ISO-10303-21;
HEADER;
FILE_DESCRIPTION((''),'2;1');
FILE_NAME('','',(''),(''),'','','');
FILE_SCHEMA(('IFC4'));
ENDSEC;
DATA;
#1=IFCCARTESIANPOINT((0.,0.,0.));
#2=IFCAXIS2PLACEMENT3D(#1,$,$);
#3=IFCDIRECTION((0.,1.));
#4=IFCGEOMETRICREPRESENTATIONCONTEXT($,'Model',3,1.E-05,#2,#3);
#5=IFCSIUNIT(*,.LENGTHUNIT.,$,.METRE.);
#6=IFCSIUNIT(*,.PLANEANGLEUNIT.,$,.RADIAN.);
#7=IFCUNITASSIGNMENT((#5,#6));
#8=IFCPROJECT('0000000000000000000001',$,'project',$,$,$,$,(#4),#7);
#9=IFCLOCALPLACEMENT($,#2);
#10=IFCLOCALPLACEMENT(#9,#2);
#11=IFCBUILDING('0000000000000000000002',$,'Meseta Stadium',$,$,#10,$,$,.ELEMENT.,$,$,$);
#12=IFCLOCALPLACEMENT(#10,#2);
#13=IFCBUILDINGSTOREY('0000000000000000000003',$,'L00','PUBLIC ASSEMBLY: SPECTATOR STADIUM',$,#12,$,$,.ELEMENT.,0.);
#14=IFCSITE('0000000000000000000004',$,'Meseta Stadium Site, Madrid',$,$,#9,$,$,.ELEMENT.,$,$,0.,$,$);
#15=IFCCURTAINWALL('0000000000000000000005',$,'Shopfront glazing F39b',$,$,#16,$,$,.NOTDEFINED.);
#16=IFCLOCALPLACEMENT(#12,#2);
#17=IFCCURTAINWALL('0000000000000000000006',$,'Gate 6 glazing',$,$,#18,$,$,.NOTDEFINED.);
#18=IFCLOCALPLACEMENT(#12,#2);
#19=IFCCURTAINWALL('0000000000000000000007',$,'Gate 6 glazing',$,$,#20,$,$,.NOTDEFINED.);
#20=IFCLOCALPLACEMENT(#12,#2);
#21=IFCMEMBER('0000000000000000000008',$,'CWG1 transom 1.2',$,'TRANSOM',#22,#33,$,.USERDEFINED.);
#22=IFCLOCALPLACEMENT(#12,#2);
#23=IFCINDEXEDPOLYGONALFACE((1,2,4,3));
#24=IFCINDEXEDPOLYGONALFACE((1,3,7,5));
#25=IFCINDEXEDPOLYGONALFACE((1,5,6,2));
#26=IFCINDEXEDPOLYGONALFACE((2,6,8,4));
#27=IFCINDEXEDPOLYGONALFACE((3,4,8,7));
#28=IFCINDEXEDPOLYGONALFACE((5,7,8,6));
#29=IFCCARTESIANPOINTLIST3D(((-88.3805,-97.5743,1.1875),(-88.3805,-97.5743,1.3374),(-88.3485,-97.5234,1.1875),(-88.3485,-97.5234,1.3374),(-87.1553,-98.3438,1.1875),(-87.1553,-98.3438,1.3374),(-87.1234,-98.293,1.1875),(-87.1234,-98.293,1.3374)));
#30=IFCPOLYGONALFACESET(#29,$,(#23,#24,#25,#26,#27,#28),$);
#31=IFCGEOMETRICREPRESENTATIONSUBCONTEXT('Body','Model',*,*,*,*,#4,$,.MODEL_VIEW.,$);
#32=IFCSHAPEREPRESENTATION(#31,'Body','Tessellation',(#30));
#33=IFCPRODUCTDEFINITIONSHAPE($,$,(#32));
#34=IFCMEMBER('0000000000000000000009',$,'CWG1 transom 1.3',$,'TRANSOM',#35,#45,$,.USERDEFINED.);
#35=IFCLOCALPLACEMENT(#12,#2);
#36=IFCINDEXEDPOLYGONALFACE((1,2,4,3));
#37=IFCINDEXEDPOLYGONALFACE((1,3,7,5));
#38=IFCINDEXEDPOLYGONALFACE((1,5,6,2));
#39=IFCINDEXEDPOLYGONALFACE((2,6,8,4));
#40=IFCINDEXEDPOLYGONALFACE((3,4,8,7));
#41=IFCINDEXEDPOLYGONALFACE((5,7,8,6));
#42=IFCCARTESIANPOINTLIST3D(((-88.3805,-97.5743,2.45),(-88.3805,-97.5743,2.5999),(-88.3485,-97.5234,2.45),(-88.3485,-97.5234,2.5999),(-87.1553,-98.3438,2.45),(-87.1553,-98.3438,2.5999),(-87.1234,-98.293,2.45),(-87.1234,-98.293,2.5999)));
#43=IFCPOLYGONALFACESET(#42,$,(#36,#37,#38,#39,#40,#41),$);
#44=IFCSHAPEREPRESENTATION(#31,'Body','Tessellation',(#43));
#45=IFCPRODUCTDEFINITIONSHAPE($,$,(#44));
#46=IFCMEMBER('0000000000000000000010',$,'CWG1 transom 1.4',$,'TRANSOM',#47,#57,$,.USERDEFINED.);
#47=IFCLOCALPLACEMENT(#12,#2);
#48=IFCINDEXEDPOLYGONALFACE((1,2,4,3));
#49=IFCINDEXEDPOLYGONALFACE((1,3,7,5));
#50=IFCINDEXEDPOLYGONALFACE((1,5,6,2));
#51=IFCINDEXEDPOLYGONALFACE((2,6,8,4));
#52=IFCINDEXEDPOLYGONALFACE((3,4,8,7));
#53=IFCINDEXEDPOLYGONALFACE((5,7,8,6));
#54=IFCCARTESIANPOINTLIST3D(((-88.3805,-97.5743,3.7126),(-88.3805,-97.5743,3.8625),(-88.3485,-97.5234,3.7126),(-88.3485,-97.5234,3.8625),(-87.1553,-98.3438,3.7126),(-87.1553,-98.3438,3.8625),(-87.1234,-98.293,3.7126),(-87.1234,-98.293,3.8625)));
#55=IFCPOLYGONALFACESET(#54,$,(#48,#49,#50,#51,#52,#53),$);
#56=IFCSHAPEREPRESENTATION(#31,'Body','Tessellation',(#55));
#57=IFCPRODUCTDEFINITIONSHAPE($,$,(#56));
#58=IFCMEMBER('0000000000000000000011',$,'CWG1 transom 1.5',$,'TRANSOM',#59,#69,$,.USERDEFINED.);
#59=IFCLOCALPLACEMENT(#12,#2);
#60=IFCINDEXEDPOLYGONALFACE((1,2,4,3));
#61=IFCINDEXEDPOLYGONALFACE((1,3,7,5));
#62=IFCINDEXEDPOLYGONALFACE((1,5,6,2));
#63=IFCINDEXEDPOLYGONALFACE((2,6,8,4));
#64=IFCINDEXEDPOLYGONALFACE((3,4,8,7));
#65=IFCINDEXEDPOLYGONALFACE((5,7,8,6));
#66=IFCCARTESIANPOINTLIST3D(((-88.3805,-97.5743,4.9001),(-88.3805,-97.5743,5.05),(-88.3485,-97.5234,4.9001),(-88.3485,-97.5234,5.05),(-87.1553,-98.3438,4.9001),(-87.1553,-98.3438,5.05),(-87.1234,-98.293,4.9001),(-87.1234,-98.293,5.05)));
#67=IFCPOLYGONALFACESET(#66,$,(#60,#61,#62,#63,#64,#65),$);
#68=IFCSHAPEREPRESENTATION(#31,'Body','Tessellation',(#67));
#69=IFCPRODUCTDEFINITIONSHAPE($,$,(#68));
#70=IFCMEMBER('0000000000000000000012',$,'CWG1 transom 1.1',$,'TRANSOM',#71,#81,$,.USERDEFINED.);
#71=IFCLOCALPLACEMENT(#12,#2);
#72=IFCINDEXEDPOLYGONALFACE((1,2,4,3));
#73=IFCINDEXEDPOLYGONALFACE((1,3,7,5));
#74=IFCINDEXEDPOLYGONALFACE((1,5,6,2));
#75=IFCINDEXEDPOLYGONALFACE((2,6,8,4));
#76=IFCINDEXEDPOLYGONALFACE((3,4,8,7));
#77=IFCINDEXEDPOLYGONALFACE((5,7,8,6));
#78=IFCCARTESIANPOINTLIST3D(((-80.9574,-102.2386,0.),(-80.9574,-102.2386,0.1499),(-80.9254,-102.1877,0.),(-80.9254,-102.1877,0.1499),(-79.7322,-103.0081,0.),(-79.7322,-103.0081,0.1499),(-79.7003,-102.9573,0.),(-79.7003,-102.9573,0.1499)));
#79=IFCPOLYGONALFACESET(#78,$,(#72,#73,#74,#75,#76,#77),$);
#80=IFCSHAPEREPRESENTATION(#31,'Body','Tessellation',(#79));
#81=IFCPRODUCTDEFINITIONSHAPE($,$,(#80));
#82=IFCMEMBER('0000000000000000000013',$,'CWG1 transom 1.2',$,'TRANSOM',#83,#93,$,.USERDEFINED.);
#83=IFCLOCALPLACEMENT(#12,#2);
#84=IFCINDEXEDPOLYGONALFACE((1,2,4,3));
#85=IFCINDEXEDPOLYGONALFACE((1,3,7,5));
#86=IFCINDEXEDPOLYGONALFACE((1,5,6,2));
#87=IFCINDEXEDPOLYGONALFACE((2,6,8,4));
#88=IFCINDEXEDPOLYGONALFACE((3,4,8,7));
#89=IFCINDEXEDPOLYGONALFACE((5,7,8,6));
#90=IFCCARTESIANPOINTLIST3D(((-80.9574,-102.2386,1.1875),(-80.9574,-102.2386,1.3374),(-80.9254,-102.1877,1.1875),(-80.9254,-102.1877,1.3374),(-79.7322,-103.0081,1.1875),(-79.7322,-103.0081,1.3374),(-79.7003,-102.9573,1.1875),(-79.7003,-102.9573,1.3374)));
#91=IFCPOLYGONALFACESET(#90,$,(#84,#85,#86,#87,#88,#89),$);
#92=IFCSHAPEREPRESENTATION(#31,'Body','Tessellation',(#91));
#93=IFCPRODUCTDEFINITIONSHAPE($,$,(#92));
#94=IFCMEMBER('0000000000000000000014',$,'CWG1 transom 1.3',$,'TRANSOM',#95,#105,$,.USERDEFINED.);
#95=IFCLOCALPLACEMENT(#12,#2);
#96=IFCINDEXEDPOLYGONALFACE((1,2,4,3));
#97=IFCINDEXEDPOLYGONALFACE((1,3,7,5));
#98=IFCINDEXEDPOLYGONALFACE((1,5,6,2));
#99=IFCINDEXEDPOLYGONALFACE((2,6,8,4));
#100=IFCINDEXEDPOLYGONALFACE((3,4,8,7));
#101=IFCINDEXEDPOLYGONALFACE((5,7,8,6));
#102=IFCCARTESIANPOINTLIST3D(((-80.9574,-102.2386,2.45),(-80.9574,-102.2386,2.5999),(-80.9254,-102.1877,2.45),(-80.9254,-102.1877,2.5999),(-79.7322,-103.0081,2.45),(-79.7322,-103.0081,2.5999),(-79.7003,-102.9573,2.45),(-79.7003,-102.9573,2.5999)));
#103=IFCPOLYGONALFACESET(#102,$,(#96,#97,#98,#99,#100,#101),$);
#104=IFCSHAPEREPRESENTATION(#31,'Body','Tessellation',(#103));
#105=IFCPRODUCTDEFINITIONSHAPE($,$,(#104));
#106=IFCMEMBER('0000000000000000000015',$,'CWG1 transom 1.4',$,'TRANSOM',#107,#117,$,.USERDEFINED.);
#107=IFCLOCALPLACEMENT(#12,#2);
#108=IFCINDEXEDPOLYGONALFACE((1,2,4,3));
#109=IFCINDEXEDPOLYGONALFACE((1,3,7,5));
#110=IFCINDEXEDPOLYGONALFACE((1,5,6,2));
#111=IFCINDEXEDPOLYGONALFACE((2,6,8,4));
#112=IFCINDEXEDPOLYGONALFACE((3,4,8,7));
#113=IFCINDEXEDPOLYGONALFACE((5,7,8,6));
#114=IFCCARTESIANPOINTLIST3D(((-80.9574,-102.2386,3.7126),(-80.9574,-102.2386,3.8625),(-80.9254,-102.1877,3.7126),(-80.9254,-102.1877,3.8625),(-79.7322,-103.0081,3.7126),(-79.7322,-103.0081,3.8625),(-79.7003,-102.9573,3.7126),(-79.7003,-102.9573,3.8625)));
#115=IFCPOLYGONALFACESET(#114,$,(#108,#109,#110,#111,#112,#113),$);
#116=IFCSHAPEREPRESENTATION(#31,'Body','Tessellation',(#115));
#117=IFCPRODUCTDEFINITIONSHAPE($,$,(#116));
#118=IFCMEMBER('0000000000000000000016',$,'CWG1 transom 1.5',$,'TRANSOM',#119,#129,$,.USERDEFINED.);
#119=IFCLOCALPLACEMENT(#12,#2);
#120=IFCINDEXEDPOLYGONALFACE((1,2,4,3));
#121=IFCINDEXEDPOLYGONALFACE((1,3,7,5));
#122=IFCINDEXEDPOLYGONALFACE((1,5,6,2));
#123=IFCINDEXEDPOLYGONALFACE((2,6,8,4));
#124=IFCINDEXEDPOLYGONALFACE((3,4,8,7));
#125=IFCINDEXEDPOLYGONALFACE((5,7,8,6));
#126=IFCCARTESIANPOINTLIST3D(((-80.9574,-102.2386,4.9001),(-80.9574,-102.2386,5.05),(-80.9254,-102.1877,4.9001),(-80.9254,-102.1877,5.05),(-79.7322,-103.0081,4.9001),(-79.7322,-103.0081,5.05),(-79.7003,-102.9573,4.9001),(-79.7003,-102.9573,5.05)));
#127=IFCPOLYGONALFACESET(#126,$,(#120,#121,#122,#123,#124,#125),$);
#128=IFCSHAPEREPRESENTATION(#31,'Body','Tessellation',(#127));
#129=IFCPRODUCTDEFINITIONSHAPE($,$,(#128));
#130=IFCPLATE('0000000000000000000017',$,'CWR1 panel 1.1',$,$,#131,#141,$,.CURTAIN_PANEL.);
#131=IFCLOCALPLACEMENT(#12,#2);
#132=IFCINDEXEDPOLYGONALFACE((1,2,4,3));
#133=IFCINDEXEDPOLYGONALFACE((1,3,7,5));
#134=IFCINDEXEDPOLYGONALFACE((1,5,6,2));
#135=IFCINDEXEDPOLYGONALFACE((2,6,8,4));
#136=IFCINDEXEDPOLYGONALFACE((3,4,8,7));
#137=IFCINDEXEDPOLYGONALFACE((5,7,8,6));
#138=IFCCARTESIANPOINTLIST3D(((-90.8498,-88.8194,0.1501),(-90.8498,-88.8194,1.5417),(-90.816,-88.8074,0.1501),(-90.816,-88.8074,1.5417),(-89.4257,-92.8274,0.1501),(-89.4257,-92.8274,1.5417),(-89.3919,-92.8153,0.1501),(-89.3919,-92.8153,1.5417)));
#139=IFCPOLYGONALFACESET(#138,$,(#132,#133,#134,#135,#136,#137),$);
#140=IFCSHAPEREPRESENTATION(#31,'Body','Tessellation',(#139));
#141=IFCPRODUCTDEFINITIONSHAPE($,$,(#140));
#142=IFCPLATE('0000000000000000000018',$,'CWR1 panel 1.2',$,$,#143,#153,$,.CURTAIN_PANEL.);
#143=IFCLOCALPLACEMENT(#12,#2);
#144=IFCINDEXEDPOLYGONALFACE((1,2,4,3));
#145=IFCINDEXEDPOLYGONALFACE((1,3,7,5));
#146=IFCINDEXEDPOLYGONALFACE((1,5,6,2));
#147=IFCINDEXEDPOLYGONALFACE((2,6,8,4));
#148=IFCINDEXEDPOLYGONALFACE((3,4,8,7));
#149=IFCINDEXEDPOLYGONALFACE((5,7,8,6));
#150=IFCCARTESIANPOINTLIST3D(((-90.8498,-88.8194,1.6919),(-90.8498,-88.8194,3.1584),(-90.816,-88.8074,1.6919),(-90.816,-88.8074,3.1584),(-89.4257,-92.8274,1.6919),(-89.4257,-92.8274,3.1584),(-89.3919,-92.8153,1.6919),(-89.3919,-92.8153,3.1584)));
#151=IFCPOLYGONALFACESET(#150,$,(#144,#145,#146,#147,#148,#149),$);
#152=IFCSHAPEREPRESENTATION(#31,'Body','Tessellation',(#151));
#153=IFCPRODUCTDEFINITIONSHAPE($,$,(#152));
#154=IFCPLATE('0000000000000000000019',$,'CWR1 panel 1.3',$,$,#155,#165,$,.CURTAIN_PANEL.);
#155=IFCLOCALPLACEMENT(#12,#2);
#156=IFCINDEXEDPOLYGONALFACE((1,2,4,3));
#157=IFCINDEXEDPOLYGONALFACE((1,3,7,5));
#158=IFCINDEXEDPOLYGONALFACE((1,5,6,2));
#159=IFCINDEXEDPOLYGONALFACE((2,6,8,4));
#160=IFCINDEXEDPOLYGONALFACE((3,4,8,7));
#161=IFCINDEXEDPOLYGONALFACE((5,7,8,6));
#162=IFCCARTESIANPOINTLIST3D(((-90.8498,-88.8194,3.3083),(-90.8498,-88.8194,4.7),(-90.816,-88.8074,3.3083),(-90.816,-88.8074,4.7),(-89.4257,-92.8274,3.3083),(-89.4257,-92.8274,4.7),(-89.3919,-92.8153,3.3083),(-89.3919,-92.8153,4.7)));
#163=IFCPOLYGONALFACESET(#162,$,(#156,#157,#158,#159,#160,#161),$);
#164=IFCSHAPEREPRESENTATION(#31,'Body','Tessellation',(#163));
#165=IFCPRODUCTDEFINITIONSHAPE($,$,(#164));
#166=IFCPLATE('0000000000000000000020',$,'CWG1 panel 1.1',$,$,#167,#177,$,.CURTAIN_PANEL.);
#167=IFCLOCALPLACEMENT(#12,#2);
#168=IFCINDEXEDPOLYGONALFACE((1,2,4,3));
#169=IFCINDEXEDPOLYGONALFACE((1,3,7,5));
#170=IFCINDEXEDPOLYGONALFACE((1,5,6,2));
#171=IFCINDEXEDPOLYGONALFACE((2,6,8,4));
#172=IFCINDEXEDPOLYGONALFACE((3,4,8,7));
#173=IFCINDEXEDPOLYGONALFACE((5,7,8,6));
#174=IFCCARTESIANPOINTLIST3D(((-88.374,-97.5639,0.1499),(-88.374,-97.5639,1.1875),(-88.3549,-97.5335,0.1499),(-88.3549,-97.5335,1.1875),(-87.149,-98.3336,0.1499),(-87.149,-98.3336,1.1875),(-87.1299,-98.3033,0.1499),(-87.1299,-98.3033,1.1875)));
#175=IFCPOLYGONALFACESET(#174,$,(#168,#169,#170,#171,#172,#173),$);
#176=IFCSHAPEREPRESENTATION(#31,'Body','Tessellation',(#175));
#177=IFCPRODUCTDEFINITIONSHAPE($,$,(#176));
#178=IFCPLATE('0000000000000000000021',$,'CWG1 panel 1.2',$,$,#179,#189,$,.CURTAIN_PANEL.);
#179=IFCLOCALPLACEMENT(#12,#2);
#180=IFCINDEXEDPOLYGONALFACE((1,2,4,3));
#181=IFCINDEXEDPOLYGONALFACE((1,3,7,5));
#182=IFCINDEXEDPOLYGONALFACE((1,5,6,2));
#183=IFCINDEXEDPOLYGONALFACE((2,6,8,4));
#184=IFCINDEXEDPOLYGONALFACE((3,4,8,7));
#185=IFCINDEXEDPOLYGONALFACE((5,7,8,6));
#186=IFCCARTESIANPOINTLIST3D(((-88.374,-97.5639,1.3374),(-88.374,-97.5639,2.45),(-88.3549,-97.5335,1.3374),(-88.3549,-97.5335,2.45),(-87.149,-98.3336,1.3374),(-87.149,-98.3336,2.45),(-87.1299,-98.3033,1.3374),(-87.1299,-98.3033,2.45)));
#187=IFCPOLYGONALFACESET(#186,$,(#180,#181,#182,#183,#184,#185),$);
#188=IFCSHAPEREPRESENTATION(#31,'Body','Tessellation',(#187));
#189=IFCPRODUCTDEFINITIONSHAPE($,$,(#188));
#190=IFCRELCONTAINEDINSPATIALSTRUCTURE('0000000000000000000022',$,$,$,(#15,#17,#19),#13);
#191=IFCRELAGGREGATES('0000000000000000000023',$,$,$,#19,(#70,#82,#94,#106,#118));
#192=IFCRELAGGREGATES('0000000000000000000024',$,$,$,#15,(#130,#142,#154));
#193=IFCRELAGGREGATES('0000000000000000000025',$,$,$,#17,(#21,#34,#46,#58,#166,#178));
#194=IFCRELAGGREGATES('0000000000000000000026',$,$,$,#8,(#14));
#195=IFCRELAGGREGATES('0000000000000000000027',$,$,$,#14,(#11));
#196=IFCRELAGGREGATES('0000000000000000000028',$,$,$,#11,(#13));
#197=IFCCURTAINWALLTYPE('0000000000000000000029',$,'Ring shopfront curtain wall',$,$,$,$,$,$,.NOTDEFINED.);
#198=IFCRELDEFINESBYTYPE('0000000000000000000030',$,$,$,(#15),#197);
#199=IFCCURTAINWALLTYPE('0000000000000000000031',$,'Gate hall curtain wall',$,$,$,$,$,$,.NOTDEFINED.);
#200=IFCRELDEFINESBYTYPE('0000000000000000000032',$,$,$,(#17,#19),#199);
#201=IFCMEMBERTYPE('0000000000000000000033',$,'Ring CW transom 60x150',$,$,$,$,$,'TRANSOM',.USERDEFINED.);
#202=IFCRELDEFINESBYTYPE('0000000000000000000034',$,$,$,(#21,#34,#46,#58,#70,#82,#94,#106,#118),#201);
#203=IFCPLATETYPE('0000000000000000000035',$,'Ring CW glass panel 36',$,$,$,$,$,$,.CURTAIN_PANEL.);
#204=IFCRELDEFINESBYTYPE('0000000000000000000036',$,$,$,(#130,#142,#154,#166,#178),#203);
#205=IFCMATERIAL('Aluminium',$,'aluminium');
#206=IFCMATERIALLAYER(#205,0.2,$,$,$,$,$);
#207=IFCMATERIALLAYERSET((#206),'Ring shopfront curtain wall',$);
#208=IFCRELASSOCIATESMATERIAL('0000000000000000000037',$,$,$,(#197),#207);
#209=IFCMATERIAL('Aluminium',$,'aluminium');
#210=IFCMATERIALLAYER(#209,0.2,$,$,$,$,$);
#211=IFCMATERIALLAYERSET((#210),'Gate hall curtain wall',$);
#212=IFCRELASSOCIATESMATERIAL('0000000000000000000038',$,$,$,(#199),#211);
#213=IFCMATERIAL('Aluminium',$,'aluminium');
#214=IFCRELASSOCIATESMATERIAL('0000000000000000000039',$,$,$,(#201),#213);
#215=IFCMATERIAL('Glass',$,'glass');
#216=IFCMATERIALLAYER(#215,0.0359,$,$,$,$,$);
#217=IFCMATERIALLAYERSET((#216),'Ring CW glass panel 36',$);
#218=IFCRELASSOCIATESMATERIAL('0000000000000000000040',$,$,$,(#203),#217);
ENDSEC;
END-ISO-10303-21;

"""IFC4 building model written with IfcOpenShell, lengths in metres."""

from ifc_helpers import new_model, si_unit, direction, frame, origin, origin_2d, place, context, subcontext, project, spatial, rectangle, extrude, material, layer, layer_set, material_profile, profile_set, type_object, element, aggregate, save


model = new_model("IFC4")

# Units and contexts
model_context = context("Model", 3, precision=1e-05, world=origin(), true_north=direction((0.0, 1.0)))
body_context = subcontext(model_context, "Body", "Model", "MODEL_VIEW")
ifc_project = project(units=[si_unit("LENGTHUNIT", "METRE"), si_unit("PLANEANGLEUNIT", "RADIAN")], contexts=[model_context])

# Site, building, storey
site_placement = place(None, origin())
site = spatial("IfcSite", under=ifc_project, at=site_placement, Name="Meseta Stadium Site, Madrid", CompositionType="ELEMENT", RefElevation=0.0)
building_placement = place(site_placement, origin())
building = spatial("IfcBuilding", under=site, at=building_placement, Name="Meseta Stadium", CompositionType="ELEMENT")
storey_placement = place(building_placement, origin())
storey = spatial("IfcBuildingStorey", under=building, at=storey_placement, Name="L00", Description="PUBLIC ASSEMBLY: SPECTATOR STADIUM", CompositionType="ELEMENT", Elevation=0.0)

# Curtain wall
ifc_material_1 = material(Name="Aluminium", Category="aluminium")
ifc_layer_1 = layer(ifc_material_1, 0.2)
ifc_layer_set_1 = layer_set([ifc_layer_1], Name="Ring shopfront curtain wall")
curtain_wall_type_1 = type_object("IfcCurtainWallType", Name="Ring shopfront curtain wall", PredefinedType="NOTDEFINED", material=ifc_layer_set_1)
curtain_wall_1_placement = place(storey_placement, origin())
curtain_wall_1 = element("IfcCurtainWall", 1, at=curtain_wall_1_placement, inside=storey, type_object=curtain_wall_type_1, Name="Shopfront glazing F39b", PredefinedType="NOTDEFINED")

# Curtain wall
ifc_material_2 = material(Name="Aluminium", Category="aluminium")
ifc_layer_2 = layer(ifc_material_2, 0.2)
ifc_layer_set_2 = layer_set([ifc_layer_2], Name="Gate hall curtain wall")
curtain_wall_type_2 = type_object("IfcCurtainWallType", Name="Gate hall curtain wall", PredefinedType="NOTDEFINED", material=ifc_layer_set_2)
curtain_wall_2_placement = place(storey_placement, origin())
curtain_wall_2 = element("IfcCurtainWall", 2, at=curtain_wall_2_placement, inside=storey, type_object=curtain_wall_type_2, Name="Gate 6 glazing", PredefinedType="NOTDEFINED")

# Curtain wall
curtain_wall_3_placement = place(storey_placement, origin())
curtain_wall_3 = element("IfcCurtainWall", 3, at=curtain_wall_3_placement, inside=storey, type_object=curtain_wall_type_2, Name="Gate 6 glazing", PredefinedType="NOTDEFINED")

# Members
ifc_material_3 = material(Name="Aluminium", Category="aluminium")
ifc_material_profile_1 = material_profile(ifc_material_3, rectangle(XDim=0.0601, YDim=0.1499, at=origin_2d()), Name="CW 60x150")
ifc_profile_set_1 = profile_set([ifc_material_profile_1], Name="Aluminium")
member_type_1 = type_object("IfcMemberType", Name="Ring CW transom 60x150", ElementType="TRANSOM", PredefinedType="USERDEFINED", material=ifc_profile_set_1)
member_1_placement = place(storey_placement, frame((-88.3645, -97.5488, 1.2625), z_axis=(0.846802, -0.531909, 0.0), x_axis=(0.531909, 0.846802, 0.0)))
member_1 = element("IfcMember", 4, at=member_1_placement, type_object=member_type_1, Name="CWG1 transom 1.2", ObjectType="TRANSOM", PredefinedType="USERDEFINED", context=body_context, shape_type="SweptSolid", body=[
    extrude(rectangle(XDim=0.0601, YDim=0.1499, at=origin_2d()), origin(), (0.0, 0.0, 1.0), 1.4468),
])
member_2_placement = place(storey_placement, frame((-88.3645, -97.5488, 2.5249), z_axis=(0.846802, -0.531909, 0.0), x_axis=(0.531909, 0.846802, 0.0)))
member_2 = element("IfcMember", 5, at=member_2_placement, type_object=member_type_1, Name="CWG1 transom 1.3", ObjectType="TRANSOM", PredefinedType="USERDEFINED", context=body_context, shape_type="SweptSolid", body=[
    extrude(rectangle(XDim=0.0601, YDim=0.1499, at=origin_2d()), origin(), (0.0, 0.0, 1.0), 1.4468),
])
member_3_placement = place(storey_placement, frame((-88.3645, -97.5488, 3.7876), z_axis=(0.846802, -0.531909, 0.0), x_axis=(0.531909, 0.846802, 0.0)))
member_3 = element("IfcMember", 6, at=member_3_placement, type_object=member_type_1, Name="CWG1 transom 1.4", ObjectType="TRANSOM", PredefinedType="USERDEFINED", context=body_context, shape_type="SweptSolid", body=[
    extrude(rectangle(XDim=0.0601, YDim=0.1499, at=origin_2d()), origin(), (0.0, 0.0, 1.0), 1.4468),
])
member_4_placement = place(storey_placement, frame((-88.3645, -97.5488, 4.9751), z_axis=(0.846802, -0.531909, 0.0), x_axis=(0.531909, 0.846802, 0.0)))
member_4 = element("IfcMember", 7, at=member_4_placement, type_object=member_type_1, Name="CWG1 transom 1.5", ObjectType="TRANSOM", PredefinedType="USERDEFINED", context=body_context, shape_type="SweptSolid", body=[
    extrude(rectangle(XDim=0.0601, YDim=0.1499, at=origin_2d()), origin(), (0.0, 0.0, 1.0), 1.4468),
])
member_5_placement = place(storey_placement, frame((-80.9414, -102.2131, 0.075), z_axis=(0.846802, -0.531909, 0.0), x_axis=(0.531909, 0.846802, 0.0)))
member_5 = element("IfcMember", 8, at=member_5_placement, type_object=member_type_1, Name="CWG1 transom 1.1", ObjectType="TRANSOM", PredefinedType="USERDEFINED", context=body_context, shape_type="SweptSolid", body=[
    extrude(rectangle(XDim=0.0601, YDim=0.1499, at=origin_2d()), origin(), (0.0, 0.0, 1.0), 1.4468),
])
member_6_placement = place(storey_placement, frame((-80.9414, -102.2131, 1.2625), z_axis=(0.846802, -0.531909, 0.0), x_axis=(0.531909, 0.846802, 0.0)))
member_6 = element("IfcMember", 9, at=member_6_placement, type_object=member_type_1, Name="CWG1 transom 1.2", ObjectType="TRANSOM", PredefinedType="USERDEFINED", context=body_context, shape_type="SweptSolid", body=[
    extrude(rectangle(XDim=0.0601, YDim=0.1499, at=origin_2d()), origin(), (0.0, 0.0, 1.0), 1.4468),
])
member_7_placement = place(storey_placement, frame((-80.9414, -102.2131, 2.5249), z_axis=(0.846802, -0.531909, 0.0), x_axis=(0.531909, 0.846802, 0.0)))
member_7 = element("IfcMember", 10, at=member_7_placement, type_object=member_type_1, Name="CWG1 transom 1.3", ObjectType="TRANSOM", PredefinedType="USERDEFINED", context=body_context, shape_type="SweptSolid", body=[
    extrude(rectangle(XDim=0.0601, YDim=0.1499, at=origin_2d()), origin(), (0.0, 0.0, 1.0), 1.4468),
])
member_8_placement = place(storey_placement, frame((-80.9414, -102.2131, 3.7876), z_axis=(0.846802, -0.531909, 0.0), x_axis=(0.531909, 0.846802, 0.0)))
member_8 = element("IfcMember", 11, at=member_8_placement, type_object=member_type_1, Name="CWG1 transom 1.4", ObjectType="TRANSOM", PredefinedType="USERDEFINED", context=body_context, shape_type="SweptSolid", body=[
    extrude(rectangle(XDim=0.0601, YDim=0.1499, at=origin_2d()), origin(), (0.0, 0.0, 1.0), 1.4468),
])
member_9_placement = place(storey_placement, frame((-80.9414, -102.2131, 4.9751), z_axis=(0.846802, -0.531909, 0.0), x_axis=(0.531909, 0.846802, 0.0)))
member_9 = element("IfcMember", 12, at=member_9_placement, type_object=member_type_1, Name="CWG1 transom 1.5", ObjectType="TRANSOM", PredefinedType="USERDEFINED", context=body_context, shape_type="SweptSolid", body=[
    extrude(rectangle(XDim=0.0601, YDim=0.1499, at=origin_2d()), origin(), (0.0, 0.0, 1.0), 1.4468),
])
aggregate(curtain_wall_3, [member_5, member_6, member_7, member_8, member_9])

# Plates
ifc_material_4 = material(Name="Glass", Category="glass")
ifc_layer_3 = layer(ifc_material_4, 0.0359)
ifc_layer_set_3 = layer_set([ifc_layer_3], Name="Ring CW glass panel 36")
plate_type = type_object("IfcPlateType", Name="Ring CW glass panel 36", PredefinedType="CURTAIN_PANEL", material=ifc_layer_set_3)
plate_1_placement = place(storey_placement, frame((-90.1208, -90.8174, 0.1501), z_axis=(0.0, 0.0, 1.0), x_axis=(0.334818, -0.942283, 0.0)))
plate_1 = element("IfcPlate", 13, at=plate_1_placement, type_object=plate_type, Name="CWR1 panel 1.1", PredefinedType="CURTAIN_PANEL", context=body_context, shape_type="SweptSolid", body=[
    extrude(rectangle(XDim=4.2534, YDim=0.0359, at=origin_2d()), origin(), (0.0, 0.0, 1.0), 1.3916),
])
plate_2_placement = place(storey_placement, frame((-90.1208, -90.8174, 1.6919), z_axis=(0.0, 0.0, 1.0), x_axis=(0.334818, -0.942283, 0.0)))
plate_2 = element("IfcPlate", 14, at=plate_2_placement, type_object=plate_type, Name="CWR1 panel 1.2", PredefinedType="CURTAIN_PANEL", context=body_context, shape_type="SweptSolid", body=[
    extrude(rectangle(XDim=4.2534, YDim=0.0359, at=origin_2d()), origin(), (0.0, 0.0, 1.0), 1.4666),
])
plate_3_placement = place(storey_placement, frame((-90.1208, -90.8174, 3.3083), z_axis=(0.0, 0.0, 1.0), x_axis=(0.334818, -0.942283, 0.0)))
plate_3 = element("IfcPlate", 15, at=plate_3_placement, type_object=plate_type, Name="CWR1 panel 1.3", PredefinedType="CURTAIN_PANEL", context=body_context, shape_type="SweptSolid", body=[
    extrude(rectangle(XDim=4.2534, YDim=0.0359, at=origin_2d()), origin(), (0.0, 0.0, 1.0), 1.3916),
])
aggregate(curtain_wall_1, [plate_1, plate_2, plate_3])
plate_4_placement = place(storey_placement, frame((-87.752, -97.9336, 0.1499), z_axis=(0.0, 0.0, 1.0), x_axis=(0.84673, -0.532023, 0.0)))
plate_4 = element("IfcPlate", 16, at=plate_4_placement, type_object=plate_type, Name="CWG1 panel 1.1", PredefinedType="CURTAIN_PANEL", context=body_context, shape_type="SweptSolid", body=[
    extrude(rectangle(XDim=1.4468, YDim=0.0359, at=origin_2d()), origin(), (0.0, 0.0, 1.0), 1.0376),
])
plate_5_placement = place(storey_placement, frame((-87.752, -97.9336, 1.3374), z_axis=(0.0, 0.0, 1.0), x_axis=(0.84673, -0.532023, 0.0)))
plate_5 = element("IfcPlate", 17, at=plate_5_placement, type_object=plate_type, Name="CWG1 panel 1.2", PredefinedType="CURTAIN_PANEL", context=body_context, shape_type="SweptSolid", body=[
    extrude(rectangle(XDim=1.4468, YDim=0.0359, at=origin_2d()), origin(), (0.0, 0.0, 1.0), 1.1125),
])
aggregate(curtain_wall_2, [member_1, member_2, member_3, member_4, plate_4, plate_5])

save(model, "model.ifc")
